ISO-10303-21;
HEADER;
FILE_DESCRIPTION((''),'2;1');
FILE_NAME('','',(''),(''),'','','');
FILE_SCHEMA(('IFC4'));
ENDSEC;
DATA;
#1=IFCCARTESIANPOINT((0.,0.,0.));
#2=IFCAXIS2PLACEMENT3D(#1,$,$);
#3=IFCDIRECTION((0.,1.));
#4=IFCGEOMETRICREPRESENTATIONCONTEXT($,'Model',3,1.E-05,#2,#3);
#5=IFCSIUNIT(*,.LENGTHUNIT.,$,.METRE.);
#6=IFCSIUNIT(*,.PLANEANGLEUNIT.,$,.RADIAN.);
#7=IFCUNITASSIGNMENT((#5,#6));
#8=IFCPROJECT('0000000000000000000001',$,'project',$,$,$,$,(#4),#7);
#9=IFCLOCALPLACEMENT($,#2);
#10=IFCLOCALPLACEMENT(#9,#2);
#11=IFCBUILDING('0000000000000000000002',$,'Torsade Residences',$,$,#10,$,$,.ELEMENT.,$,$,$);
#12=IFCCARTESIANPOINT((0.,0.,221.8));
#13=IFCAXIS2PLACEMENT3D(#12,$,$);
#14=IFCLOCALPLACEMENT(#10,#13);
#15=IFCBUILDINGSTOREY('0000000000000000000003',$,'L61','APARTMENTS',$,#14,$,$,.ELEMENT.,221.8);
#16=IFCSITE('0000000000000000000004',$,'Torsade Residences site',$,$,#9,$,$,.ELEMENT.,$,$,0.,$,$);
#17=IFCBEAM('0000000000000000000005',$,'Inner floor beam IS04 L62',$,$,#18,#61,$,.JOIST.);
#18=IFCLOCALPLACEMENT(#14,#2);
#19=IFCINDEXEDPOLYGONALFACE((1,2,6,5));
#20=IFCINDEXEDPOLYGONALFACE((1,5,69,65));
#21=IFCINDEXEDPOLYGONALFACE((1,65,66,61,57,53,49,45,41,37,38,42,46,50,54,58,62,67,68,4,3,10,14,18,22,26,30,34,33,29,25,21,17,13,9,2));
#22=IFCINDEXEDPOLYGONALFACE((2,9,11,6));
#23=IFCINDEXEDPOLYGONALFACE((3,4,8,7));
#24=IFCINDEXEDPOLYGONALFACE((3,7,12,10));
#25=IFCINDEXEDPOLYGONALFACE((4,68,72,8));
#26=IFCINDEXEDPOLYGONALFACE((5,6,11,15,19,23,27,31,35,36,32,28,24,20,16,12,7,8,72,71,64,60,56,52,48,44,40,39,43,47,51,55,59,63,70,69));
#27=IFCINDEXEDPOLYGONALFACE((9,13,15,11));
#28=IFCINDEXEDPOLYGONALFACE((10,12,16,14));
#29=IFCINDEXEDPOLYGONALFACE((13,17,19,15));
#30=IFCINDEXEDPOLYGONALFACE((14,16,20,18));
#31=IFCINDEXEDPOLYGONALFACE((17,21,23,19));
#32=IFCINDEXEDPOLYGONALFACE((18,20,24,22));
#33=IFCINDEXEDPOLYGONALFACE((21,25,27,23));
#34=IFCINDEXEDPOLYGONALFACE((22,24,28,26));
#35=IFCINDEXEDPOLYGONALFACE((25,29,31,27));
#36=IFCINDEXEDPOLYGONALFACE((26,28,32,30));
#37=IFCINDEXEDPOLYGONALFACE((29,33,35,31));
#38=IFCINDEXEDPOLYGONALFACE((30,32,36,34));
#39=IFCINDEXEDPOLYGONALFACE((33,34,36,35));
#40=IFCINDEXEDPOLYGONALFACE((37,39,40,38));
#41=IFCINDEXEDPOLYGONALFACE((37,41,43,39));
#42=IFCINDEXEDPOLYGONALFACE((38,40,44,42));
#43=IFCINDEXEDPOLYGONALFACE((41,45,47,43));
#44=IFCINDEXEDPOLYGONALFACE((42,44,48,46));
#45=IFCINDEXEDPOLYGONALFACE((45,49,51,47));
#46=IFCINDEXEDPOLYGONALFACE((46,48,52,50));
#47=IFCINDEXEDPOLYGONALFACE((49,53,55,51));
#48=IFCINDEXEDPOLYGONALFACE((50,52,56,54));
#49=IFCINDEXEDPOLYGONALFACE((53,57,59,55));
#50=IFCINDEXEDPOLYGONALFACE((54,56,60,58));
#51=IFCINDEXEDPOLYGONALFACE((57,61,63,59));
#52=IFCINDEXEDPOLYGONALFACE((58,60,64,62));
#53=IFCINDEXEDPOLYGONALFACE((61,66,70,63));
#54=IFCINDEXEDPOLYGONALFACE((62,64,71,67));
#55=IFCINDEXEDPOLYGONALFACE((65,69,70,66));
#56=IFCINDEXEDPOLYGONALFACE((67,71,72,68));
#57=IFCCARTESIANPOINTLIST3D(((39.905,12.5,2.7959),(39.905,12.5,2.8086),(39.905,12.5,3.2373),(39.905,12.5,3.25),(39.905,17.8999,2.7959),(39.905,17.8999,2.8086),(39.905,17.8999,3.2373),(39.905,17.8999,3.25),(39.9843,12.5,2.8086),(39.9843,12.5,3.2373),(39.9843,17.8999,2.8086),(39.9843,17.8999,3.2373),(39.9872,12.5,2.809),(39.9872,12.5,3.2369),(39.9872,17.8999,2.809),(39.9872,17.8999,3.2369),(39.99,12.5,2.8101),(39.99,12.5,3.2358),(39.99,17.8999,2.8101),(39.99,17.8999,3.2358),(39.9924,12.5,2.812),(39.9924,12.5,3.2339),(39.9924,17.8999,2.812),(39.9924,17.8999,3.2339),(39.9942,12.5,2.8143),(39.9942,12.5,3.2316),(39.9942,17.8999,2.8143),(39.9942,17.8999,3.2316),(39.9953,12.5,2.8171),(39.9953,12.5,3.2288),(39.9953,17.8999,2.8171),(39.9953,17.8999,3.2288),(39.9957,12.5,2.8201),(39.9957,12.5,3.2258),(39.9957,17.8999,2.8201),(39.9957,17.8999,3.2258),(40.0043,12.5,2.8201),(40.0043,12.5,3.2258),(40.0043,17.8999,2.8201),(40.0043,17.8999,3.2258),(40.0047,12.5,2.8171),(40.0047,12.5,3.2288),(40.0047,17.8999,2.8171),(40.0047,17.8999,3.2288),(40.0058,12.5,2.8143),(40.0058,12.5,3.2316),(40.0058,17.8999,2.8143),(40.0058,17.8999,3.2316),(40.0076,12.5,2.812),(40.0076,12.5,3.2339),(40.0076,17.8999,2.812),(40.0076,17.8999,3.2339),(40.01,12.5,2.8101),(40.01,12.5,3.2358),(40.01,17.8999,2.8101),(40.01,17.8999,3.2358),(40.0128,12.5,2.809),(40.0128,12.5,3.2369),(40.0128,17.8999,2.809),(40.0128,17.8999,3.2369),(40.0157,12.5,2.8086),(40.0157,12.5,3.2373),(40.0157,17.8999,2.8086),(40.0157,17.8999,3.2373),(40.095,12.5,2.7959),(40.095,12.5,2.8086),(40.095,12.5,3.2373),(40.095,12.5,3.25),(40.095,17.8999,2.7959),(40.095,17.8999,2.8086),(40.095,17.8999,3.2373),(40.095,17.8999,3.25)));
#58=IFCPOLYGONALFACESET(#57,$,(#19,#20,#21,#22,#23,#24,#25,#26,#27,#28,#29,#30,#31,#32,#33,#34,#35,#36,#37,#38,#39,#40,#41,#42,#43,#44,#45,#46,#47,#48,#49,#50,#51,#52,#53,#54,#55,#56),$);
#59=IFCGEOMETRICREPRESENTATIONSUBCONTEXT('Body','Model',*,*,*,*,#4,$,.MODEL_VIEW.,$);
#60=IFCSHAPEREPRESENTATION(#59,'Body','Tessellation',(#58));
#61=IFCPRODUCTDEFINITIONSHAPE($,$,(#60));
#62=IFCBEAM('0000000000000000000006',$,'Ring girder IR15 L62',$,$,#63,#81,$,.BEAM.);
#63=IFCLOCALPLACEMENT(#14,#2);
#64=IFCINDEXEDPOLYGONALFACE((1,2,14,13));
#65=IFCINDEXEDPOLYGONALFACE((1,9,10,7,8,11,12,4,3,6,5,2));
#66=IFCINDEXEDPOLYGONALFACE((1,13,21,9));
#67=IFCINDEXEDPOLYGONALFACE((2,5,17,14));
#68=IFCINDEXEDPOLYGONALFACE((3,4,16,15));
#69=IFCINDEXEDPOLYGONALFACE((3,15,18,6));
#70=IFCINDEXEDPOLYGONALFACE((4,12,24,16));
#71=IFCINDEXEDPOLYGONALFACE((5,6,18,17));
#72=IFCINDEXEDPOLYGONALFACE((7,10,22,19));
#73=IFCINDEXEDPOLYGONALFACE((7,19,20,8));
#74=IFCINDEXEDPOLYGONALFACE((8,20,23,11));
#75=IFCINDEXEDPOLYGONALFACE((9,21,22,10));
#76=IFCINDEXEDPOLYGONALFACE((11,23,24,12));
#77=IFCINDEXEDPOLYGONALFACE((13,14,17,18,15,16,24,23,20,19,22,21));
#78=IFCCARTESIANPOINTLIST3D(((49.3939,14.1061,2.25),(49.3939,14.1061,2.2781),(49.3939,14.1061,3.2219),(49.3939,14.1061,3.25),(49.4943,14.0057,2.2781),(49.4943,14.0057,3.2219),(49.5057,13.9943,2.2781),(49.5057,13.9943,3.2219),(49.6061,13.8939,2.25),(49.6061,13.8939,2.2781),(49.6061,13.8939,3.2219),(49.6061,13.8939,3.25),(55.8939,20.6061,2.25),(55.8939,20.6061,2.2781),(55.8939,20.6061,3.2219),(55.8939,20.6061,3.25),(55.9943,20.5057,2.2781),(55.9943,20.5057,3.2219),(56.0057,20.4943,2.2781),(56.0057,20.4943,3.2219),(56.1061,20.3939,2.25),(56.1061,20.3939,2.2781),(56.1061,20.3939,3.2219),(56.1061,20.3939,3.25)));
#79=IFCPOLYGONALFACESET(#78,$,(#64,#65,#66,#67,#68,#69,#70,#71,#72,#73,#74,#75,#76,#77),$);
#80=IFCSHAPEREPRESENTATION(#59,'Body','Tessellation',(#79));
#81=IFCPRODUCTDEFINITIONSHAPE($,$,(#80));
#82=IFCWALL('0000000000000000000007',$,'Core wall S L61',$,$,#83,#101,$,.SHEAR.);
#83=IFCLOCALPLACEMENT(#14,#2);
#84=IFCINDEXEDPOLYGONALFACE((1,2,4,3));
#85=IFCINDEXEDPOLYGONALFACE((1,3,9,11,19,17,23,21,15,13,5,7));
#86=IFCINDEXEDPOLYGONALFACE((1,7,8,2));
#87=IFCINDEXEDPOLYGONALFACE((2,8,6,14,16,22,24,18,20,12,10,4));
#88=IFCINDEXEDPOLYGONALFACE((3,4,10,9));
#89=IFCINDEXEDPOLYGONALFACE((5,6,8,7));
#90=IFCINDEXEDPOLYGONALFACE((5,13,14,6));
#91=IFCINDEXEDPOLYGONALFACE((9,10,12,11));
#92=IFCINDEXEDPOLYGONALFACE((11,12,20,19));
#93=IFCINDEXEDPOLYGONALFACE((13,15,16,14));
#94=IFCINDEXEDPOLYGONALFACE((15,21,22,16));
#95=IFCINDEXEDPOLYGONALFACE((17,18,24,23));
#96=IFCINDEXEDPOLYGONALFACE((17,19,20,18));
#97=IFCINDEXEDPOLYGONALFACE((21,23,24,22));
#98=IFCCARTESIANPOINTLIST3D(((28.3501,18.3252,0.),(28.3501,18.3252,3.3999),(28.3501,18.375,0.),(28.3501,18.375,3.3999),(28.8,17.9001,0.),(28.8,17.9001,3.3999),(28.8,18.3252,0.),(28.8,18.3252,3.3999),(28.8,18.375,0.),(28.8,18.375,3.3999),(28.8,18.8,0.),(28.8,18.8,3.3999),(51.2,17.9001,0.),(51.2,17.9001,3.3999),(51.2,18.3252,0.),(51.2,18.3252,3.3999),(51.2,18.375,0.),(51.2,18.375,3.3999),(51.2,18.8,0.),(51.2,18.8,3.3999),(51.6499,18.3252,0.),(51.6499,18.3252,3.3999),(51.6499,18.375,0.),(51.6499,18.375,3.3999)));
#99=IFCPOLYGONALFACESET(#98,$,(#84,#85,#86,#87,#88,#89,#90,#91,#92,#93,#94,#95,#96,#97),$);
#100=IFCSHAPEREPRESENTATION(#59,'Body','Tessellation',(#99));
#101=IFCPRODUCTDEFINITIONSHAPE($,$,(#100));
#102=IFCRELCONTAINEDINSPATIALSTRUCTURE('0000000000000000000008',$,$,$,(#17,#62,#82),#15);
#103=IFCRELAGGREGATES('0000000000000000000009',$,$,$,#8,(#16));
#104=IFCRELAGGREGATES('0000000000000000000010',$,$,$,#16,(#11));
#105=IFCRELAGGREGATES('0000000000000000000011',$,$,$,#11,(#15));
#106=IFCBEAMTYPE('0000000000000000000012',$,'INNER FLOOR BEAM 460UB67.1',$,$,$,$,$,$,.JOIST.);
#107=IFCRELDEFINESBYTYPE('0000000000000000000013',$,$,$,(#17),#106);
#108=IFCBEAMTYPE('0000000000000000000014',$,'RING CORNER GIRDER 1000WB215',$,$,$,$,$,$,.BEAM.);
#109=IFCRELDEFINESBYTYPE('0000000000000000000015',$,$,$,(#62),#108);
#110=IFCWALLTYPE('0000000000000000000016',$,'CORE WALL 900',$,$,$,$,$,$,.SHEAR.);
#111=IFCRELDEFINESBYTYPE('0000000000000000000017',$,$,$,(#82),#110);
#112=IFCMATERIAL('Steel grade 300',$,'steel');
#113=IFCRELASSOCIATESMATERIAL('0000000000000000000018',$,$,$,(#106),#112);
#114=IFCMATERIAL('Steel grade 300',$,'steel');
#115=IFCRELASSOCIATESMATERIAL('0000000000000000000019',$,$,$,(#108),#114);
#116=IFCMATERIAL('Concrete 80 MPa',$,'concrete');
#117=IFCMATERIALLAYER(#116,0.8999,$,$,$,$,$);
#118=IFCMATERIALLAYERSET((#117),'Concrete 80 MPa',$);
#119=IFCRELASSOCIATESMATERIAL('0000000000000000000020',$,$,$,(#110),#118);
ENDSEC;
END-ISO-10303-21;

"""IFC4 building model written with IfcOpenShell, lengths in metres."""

from ifc_helpers import new_model, si_unit, direction, frame, origin, origin_2d, place, context, subcontext, project, spatial, polyline, i_section, outline, extrude, material, layer, layer_set, material_profile, profile_set, type_object, element, save


model = new_model("IFC4")

# Units and contexts
model_context = context("Model", 3, precision=1e-05, world=origin(), true_north=direction((0.0, 1.0)))
body_context = subcontext(model_context, "Body", "Model", "MODEL_VIEW")
ifc_project = project(units=[si_unit("LENGTHUNIT", "METRE"), si_unit("PLANEANGLEUNIT", "RADIAN")], contexts=[model_context])

# Site, building, storey
site_placement = place(None, origin())
site = spatial("IfcSite", under=ifc_project, at=site_placement, Name="Torsade Residences site", CompositionType="ELEMENT", RefElevation=0.0)
building_placement = place(site_placement, origin())
building = spatial("IfcBuilding", under=site, at=building_placement, Name="Torsade Residences", CompositionType="ELEMENT")
storey_placement = place(building_placement, frame((0.0, 0.0, 221.8)))
storey = spatial("IfcBuildingStorey", under=building, at=storey_placement, Name="L61", Description="APARTMENTS", CompositionType="ELEMENT", Elevation=221.8)

# Beams
ifc_material_1 = material(Name="Steel grade 300", Category="steel")
ifc_material_profile_1 = material_profile(ifc_material_1, i_section(OverallWidth=0.1899, OverallDepth=0.4541, WebThickness=0.0085, FlangeThickness=0.0127, FilletRadius=0.0115, at=origin_2d()), Name="460UB67.1")
ifc_profile_set_1 = profile_set([ifc_material_profile_1], Name="Steel grade 300")
beam_type_1 = type_object("IfcBeamType", Name="INNER FLOOR BEAM 460UB67.1", PredefinedType="JOIST", material=ifc_profile_set_1)
for number, where, z_axis, x_axis, name in (
    (1, (40.0, 17.8999, 3.0229), (0.0, -1.0, 0.0), (1.0, 0.0, 0.0), "Inner floor beam IS04 L62"),
):
    element("IfcBeam", number, at=place(storey_placement, frame(where, z_axis=z_axis, x_axis=x_axis)), inside=storey, type_object=beam_type_1, Name=name, PredefinedType="JOIST", context=body_context, shape_type="SweptSolid", body=[
        extrude(i_section(OverallWidth=0.1899, OverallDepth=0.4541, WebThickness=0.0085, FlangeThickness=0.0127, FilletRadius=0.0115, at=origin_2d()), origin(), (0.0, 0.0, 1.0), 5.3999),
    ])
ifc_material_2 = material(Name="Steel grade 300", Category="steel")
ifc_material_profile_2 = material_profile(ifc_material_2, i_section(OverallWidth=0.3, OverallDepth=1.0, WebThickness=0.0161, FlangeThickness=0.0281, at=origin_2d()), Name="1000WB215")
ifc_profile_set_2 = profile_set([ifc_material_profile_2], Name="Steel grade 300")
beam_type_2 = type_object("IfcBeamType", Name="RING CORNER GIRDER 1000WB215", PredefinedType="BEAM", material=ifc_profile_set_2)
beam_1_placement = place(storey_placement, frame((49.5, 14.0, 2.75), z_axis=(0.707107, 0.707107, 0.0), x_axis=(-0.707107, 0.707107, 0.0)))
element("IfcBeam", 2, at=beam_1_placement, inside=storey, type_object=beam_type_2, Name="Ring girder IR15 L62", PredefinedType="BEAM", context=body_context, shape_type="SweptSolid", body=[
    extrude(i_section(OverallWidth=0.3, OverallDepth=1.0, WebThickness=0.0161, FlangeThickness=0.0281, at=origin_2d()), origin(), (0.0, 0.0, 1.0), 9.1924),
])

# Wall
ifc_material_3 = material(Name="Concrete 80 MPa", Category="concrete")
ifc_layer_1 = layer(ifc_material_3, 0.8999)
ifc_layer_set_1 = layer_set([ifc_layer_1], Name="Concrete 80 MPa")
wall_type_1 = type_object("IfcWallType", Name="CORE WALL 900", PredefinedType="SHEAR", material=ifc_layer_set_1)
wall_1_placement = place(storey_placement, frame((51.2, 18.3501, 0.0), z_axis=(0.0, 0.0, 1.0), x_axis=(-1.0, 0.0, 0.0)))
element("IfcWall", 3, at=wall_1_placement, inside=storey, type_object=wall_type_1, Name="Core wall S L61", PredefinedType="SHEAR", context=body_context, shape_type="SweptSolid", body=[
    extrude(outline(polyline([(0.0, -0.45), (22.3999, -0.45), (22.3999, -0.0249), (22.8499, -0.0249), (22.8499, 0.0249), (22.3999, 0.0249), (22.3999, 0.45), (0.0, 0.45), (0.0, 0.0249), (-0.45, 0.0249), (-0.45, -0.0249), (0.0, -0.0249), (0.0, -0.45)])), origin(), (0.0, 0.0, 1.0), 3.3999),
])

save(model, "model.ifc")
